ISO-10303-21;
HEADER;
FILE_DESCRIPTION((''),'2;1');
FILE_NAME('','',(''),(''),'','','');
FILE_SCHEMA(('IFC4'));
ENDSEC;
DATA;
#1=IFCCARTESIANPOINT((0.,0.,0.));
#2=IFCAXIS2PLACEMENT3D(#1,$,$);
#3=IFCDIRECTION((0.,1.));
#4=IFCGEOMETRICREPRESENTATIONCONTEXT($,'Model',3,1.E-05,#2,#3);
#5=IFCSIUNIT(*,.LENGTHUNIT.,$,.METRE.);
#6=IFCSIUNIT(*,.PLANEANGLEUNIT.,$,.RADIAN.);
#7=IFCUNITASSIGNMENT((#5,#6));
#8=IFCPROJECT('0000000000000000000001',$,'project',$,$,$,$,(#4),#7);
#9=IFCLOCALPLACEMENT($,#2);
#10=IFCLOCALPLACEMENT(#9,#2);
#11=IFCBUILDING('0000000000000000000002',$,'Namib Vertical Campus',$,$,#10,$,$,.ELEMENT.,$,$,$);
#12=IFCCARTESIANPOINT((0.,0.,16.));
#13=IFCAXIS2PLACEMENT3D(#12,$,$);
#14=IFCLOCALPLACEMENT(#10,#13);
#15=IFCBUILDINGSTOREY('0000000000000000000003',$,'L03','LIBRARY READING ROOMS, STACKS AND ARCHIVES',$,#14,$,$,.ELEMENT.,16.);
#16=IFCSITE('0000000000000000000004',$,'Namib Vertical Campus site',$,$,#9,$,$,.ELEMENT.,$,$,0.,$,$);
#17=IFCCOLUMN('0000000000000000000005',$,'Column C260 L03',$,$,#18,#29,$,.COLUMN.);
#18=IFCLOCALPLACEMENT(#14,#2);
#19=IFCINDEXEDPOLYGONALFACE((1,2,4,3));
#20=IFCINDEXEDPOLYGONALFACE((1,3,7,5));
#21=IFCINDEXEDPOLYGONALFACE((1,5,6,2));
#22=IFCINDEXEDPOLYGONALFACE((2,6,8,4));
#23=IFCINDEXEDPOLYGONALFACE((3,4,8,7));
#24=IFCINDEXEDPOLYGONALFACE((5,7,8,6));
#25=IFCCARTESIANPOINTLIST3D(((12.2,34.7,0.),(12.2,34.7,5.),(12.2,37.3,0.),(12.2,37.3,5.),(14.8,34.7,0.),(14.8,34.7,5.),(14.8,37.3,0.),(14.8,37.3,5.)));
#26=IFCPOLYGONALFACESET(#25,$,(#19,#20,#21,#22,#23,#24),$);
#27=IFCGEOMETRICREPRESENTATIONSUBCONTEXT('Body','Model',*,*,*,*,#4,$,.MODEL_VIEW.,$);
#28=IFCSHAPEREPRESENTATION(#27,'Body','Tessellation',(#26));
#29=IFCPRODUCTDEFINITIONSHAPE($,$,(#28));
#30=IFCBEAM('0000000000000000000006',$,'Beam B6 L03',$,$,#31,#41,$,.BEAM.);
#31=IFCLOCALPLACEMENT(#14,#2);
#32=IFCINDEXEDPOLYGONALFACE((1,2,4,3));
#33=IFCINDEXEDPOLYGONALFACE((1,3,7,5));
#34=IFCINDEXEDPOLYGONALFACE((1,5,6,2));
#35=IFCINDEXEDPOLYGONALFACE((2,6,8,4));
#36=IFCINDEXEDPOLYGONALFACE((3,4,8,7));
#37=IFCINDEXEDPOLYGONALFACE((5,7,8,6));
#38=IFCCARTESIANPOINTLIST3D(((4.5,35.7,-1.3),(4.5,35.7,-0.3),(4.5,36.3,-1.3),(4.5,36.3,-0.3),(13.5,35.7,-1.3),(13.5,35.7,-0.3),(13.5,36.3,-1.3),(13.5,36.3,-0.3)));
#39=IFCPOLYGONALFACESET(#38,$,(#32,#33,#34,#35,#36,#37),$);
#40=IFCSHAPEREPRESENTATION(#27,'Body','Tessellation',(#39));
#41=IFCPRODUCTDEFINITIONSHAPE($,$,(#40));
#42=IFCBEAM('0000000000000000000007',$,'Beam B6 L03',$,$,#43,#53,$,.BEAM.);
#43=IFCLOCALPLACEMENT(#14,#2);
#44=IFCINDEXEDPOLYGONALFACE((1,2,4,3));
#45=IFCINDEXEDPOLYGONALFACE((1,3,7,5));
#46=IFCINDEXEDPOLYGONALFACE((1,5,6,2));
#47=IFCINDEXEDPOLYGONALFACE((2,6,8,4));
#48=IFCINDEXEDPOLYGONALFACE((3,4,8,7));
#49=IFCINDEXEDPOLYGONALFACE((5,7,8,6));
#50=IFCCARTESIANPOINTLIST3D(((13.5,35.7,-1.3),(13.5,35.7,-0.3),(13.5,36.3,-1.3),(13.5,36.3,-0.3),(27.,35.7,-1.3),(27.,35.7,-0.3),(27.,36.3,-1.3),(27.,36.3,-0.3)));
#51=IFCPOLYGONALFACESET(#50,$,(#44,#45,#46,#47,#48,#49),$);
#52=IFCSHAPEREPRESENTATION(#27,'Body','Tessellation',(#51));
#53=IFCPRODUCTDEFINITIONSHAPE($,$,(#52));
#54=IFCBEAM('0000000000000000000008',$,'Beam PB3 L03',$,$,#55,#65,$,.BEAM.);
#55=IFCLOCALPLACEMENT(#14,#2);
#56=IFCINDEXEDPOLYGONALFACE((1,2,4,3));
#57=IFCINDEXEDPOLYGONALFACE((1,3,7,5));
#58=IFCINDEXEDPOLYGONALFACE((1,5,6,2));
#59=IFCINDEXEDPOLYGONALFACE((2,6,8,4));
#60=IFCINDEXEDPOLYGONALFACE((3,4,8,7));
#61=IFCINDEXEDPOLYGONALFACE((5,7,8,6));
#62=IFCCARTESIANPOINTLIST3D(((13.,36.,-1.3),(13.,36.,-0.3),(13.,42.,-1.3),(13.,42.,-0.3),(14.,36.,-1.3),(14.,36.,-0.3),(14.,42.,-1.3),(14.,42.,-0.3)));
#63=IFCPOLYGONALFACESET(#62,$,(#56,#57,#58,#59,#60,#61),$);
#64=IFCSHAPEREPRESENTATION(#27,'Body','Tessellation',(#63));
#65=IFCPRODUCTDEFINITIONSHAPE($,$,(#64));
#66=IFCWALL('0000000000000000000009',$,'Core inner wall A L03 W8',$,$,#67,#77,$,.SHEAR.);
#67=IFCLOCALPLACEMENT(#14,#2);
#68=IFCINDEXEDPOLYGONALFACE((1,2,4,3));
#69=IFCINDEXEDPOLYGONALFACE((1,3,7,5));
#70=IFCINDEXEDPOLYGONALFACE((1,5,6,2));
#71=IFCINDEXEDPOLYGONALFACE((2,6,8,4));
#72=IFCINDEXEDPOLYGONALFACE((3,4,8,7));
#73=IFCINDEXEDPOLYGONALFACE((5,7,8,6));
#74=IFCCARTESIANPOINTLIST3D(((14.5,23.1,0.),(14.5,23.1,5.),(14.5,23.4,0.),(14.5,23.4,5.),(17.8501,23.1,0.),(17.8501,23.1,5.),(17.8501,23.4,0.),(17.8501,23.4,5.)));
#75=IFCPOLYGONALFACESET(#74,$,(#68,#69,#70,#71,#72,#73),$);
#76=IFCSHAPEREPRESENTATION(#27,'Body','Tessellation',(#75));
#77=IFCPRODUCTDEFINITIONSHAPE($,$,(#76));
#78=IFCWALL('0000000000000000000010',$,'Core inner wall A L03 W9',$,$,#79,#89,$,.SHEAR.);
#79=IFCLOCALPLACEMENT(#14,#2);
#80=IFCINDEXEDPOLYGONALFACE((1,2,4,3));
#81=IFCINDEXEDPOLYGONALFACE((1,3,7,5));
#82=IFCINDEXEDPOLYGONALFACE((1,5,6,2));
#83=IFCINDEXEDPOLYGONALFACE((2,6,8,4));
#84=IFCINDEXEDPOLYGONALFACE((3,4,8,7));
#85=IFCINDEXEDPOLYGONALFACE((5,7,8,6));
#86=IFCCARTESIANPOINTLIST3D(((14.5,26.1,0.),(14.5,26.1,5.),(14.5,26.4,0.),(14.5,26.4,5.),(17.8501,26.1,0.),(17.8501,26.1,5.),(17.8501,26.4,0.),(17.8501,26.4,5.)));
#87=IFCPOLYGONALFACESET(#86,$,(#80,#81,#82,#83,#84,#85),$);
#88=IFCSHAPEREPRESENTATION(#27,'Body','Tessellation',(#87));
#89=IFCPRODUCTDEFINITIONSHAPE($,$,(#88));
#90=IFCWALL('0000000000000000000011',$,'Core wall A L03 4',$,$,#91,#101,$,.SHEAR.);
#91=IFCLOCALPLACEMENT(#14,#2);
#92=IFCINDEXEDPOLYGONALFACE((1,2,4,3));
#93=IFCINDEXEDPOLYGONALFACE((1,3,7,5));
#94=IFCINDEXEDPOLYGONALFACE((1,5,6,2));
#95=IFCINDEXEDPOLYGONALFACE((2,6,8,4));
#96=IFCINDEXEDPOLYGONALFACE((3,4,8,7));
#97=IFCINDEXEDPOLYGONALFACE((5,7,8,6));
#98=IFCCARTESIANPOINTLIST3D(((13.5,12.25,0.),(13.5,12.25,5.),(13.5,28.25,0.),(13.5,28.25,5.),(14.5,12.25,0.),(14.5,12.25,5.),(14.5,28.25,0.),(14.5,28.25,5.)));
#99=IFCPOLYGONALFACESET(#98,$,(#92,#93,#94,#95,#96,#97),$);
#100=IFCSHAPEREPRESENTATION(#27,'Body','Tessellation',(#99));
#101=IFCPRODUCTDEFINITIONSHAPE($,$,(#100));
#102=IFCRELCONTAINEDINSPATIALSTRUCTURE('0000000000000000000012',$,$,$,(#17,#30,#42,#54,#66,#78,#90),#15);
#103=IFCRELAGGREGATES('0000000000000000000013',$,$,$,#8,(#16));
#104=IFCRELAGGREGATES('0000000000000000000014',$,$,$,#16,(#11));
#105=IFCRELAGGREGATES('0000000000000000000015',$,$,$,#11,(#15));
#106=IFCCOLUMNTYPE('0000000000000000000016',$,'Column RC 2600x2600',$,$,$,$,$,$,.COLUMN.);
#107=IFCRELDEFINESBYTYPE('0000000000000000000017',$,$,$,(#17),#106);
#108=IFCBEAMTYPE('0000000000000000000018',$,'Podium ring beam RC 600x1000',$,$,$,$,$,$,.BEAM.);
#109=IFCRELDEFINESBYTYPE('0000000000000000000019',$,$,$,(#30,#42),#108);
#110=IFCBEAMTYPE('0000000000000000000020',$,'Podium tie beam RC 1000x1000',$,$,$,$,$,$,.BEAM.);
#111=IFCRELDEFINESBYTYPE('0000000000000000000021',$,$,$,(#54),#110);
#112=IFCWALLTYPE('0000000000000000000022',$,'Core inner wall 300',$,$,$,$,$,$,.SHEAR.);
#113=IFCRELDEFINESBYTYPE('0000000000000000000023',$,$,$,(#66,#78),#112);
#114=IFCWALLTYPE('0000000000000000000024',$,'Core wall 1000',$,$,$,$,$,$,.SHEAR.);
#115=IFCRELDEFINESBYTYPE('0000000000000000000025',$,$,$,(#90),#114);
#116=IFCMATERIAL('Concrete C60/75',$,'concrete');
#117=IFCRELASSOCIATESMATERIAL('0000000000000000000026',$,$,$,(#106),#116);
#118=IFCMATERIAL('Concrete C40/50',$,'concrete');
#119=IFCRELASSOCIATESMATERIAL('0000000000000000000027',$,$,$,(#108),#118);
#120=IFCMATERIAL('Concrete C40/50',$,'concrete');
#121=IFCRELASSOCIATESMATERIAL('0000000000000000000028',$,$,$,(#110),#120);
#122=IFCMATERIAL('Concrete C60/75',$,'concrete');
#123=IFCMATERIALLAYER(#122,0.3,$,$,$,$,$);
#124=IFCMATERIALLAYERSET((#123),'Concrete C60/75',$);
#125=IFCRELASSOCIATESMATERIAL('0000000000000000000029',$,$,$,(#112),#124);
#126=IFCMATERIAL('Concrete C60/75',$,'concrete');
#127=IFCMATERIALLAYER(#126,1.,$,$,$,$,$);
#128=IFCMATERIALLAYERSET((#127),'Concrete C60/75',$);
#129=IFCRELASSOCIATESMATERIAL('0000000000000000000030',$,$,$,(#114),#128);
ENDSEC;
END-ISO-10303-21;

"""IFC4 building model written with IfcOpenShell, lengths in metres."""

from ifc_helpers import new_model, si_unit, direction, frame, frame_2d, origin, origin_2d, place, context, subcontext, project, spatial, rectangle, extrude, material, layer, layer_set, material_profile, profile_set, type_object, element, save


model = new_model("IFC4")

# Units and contexts
model_context = context("Model", 3, precision=1e-05, world=origin(), true_north=direction((0.0, 1.0)))
body_context = subcontext(model_context, "Body", "Model", "MODEL_VIEW")
ifc_project = project(units=[si_unit("LENGTHUNIT", "METRE"), si_unit("PLANEANGLEUNIT", "RADIAN")], contexts=[model_context])

# Site, building, storey
site_placement = place(None, origin())
site = spatial("IfcSite", under=ifc_project, at=site_placement, Name="Namib Vertical Campus site", CompositionType="ELEMENT", RefElevation=0.0)
building_placement = place(site_placement, origin())
building = spatial("IfcBuilding", under=site, at=building_placement, Name="Namib Vertical Campus", CompositionType="ELEMENT")
storey_placement = place(building_placement, frame((0.0, 0.0, 16.0)))
storey = spatial("IfcBuildingStorey", under=building, at=storey_placement, Name="L03", Description="LIBRARY READING ROOMS, STACKS AND ARCHIVES", CompositionType="ELEMENT", Elevation=16.0)

# Column
ifc_material_1 = material(Name="Concrete C60/75", Category="concrete")
ifc_material_profile_1 = material_profile(ifc_material_1, rectangle(XDim=2.6001, YDim=2.6001, at=origin_2d()))
ifc_profile_set_1 = profile_set([ifc_material_profile_1], Name="Concrete C60/75")
column_type = type_object("IfcColumnType", Name="Column RC 2600x2600", PredefinedType="COLUMN", material=ifc_profile_set_1)
column_placement = place(storey_placement, frame((13.5, 36.0, 0.0), z_axis=(0.0, 0.0, 1.0), x_axis=(1.0, 0.0, 0.0)))
element("IfcColumn", 1, at=column_placement, inside=storey, type_object=column_type, Name="Column C260 L03", PredefinedType="COLUMN", context=body_context, shape_type="SweptSolid", body=[
    extrude(rectangle(XDim=2.6001, YDim=2.6001, at=origin_2d()), origin(), (0.0, 0.0, 1.0), 5.0),
])

# Beams
ifc_material_2 = material(Name="Concrete C40/50", Category="concrete")
ifc_material_profile_2 = material_profile(ifc_material_2, rectangle(XDim=0.6001, YDim=1.0, at=origin_2d()))
ifc_profile_set_2 = profile_set([ifc_material_profile_2], Name="Concrete C40/50")
beam_type_1 = type_object("IfcBeamType", Name="Podium ring beam RC 600x1000", PredefinedType="BEAM", material=ifc_profile_set_2)
beam_1_placement = place(storey_placement, frame((4.5, 36.0, -0.8), z_axis=(1.0, 0.0, 0.0), x_axis=(0.0, 1.0, 0.0)))
element("IfcBeam", 2, at=beam_1_placement, inside=storey, type_object=beam_type_1, Name="Beam B6 L03", PredefinedType="BEAM", context=body_context, shape_type="SweptSolid", body=[
    extrude(rectangle(XDim=0.6001, YDim=1.0, at=origin_2d()), origin(), (0.0, 0.0, 1.0), 9.0),
])
beam_2_placement = place(storey_placement, frame((13.5, 36.0, -0.8), z_axis=(1.0, 0.0, 0.0), x_axis=(0.0, 1.0, 0.0)))
element("IfcBeam", 3, at=beam_2_placement, inside=storey, type_object=beam_type_1, Name="Beam B6 L03", PredefinedType="BEAM", context=body_context, shape_type="SweptSolid", body=[
    extrude(rectangle(XDim=0.6001, YDim=1.0, at=origin_2d()), origin(), (0.0, 0.0, 1.0), 13.5),
])
ifc_material_3 = material(Name="Concrete C40/50", Category="concrete")
ifc_material_profile_3 = material_profile(ifc_material_3, rectangle(XDim=1.0, YDim=1.0, at=origin_2d()))
ifc_profile_set_3 = profile_set([ifc_material_profile_3], Name="Concrete C40/50")
beam_type_2 = type_object("IfcBeamType", Name="Podium tie beam RC 1000x1000", PredefinedType="BEAM", material=ifc_profile_set_3)
beam_3_placement = place(storey_placement, frame((13.5, 36.0, -0.8), z_axis=(0.0, 1.0, 0.0), x_axis=(-1.0, 0.0, 0.0)))
element("IfcBeam", 4, at=beam_3_placement, inside=storey, type_object=beam_type_2, Name="Beam PB3 L03", PredefinedType="BEAM", context=body_context, shape_type="SweptSolid", body=[
    extrude(rectangle(XDim=1.0, YDim=1.0, at=origin_2d()), origin(), (0.0, 0.0, 1.0), 6.0),
])

# Walls
ifc_material_4 = material(Name="Concrete C60/75", Category="concrete")
ifc_layer_1 = layer(ifc_material_4, 0.3)
ifc_layer_set_1 = layer_set([ifc_layer_1], Name="Concrete C60/75")
wall_type_1 = type_object("IfcWallType", Name="Core inner wall 300", PredefinedType="SHEAR", material=ifc_layer_set_1)
for number, where, z_axis, x_axis, name in (
    (5, (14.5, 23.25, 0.0), (0.0, 0.0, 1.0), (1.0, 0.0, 0.0), "Core inner wall A L03 W8"),
    (6, (14.5, 26.25, 0.0), (0.0, 0.0, 1.0), (1.0, 0.0, 0.0), "Core inner wall A L03 W9"),
):
    element("IfcWall", number, at=place(storey_placement, frame(where, z_axis=z_axis, x_axis=x_axis)), inside=storey, type_object=wall_type_1, Name=name, PredefinedType="SHEAR", context=body_context, shape_type="SweptSolid", body=[
        extrude(rectangle(XDim=3.3501, YDim=0.3, at=frame_2d((1.675, 0.0))), origin(), (0.0, 0.0, 1.0), 5.0),
    ])
ifc_material_5 = material(Name="Concrete C60/75", Category="concrete")
ifc_layer_2 = layer(ifc_material_5, 1.0)
ifc_layer_set_2 = layer_set([ifc_layer_2], Name="Concrete C60/75")
wall_type_2 = type_object("IfcWallType", Name="Core wall 1000", PredefinedType="SHEAR", material=ifc_layer_set_2)
wall_1_placement = place(storey_placement, frame((14.0, 28.25, 0.0), z_axis=(0.0, 0.0, 1.0), x_axis=(0.0, -1.0, 0.0)))
element("IfcWall", 7, at=wall_1_placement, inside=storey, type_object=wall_type_2, Name="Core wall A L03 4", PredefinedType="SHEAR", context=body_context, shape_type="SweptSolid", body=[
    extrude(rectangle(XDim=16.0, YDim=1.0, at=frame_2d((8.0, 0.0))), origin(), (0.0, 0.0, 1.0), 5.0),
])

save(model, "model.ifc")
